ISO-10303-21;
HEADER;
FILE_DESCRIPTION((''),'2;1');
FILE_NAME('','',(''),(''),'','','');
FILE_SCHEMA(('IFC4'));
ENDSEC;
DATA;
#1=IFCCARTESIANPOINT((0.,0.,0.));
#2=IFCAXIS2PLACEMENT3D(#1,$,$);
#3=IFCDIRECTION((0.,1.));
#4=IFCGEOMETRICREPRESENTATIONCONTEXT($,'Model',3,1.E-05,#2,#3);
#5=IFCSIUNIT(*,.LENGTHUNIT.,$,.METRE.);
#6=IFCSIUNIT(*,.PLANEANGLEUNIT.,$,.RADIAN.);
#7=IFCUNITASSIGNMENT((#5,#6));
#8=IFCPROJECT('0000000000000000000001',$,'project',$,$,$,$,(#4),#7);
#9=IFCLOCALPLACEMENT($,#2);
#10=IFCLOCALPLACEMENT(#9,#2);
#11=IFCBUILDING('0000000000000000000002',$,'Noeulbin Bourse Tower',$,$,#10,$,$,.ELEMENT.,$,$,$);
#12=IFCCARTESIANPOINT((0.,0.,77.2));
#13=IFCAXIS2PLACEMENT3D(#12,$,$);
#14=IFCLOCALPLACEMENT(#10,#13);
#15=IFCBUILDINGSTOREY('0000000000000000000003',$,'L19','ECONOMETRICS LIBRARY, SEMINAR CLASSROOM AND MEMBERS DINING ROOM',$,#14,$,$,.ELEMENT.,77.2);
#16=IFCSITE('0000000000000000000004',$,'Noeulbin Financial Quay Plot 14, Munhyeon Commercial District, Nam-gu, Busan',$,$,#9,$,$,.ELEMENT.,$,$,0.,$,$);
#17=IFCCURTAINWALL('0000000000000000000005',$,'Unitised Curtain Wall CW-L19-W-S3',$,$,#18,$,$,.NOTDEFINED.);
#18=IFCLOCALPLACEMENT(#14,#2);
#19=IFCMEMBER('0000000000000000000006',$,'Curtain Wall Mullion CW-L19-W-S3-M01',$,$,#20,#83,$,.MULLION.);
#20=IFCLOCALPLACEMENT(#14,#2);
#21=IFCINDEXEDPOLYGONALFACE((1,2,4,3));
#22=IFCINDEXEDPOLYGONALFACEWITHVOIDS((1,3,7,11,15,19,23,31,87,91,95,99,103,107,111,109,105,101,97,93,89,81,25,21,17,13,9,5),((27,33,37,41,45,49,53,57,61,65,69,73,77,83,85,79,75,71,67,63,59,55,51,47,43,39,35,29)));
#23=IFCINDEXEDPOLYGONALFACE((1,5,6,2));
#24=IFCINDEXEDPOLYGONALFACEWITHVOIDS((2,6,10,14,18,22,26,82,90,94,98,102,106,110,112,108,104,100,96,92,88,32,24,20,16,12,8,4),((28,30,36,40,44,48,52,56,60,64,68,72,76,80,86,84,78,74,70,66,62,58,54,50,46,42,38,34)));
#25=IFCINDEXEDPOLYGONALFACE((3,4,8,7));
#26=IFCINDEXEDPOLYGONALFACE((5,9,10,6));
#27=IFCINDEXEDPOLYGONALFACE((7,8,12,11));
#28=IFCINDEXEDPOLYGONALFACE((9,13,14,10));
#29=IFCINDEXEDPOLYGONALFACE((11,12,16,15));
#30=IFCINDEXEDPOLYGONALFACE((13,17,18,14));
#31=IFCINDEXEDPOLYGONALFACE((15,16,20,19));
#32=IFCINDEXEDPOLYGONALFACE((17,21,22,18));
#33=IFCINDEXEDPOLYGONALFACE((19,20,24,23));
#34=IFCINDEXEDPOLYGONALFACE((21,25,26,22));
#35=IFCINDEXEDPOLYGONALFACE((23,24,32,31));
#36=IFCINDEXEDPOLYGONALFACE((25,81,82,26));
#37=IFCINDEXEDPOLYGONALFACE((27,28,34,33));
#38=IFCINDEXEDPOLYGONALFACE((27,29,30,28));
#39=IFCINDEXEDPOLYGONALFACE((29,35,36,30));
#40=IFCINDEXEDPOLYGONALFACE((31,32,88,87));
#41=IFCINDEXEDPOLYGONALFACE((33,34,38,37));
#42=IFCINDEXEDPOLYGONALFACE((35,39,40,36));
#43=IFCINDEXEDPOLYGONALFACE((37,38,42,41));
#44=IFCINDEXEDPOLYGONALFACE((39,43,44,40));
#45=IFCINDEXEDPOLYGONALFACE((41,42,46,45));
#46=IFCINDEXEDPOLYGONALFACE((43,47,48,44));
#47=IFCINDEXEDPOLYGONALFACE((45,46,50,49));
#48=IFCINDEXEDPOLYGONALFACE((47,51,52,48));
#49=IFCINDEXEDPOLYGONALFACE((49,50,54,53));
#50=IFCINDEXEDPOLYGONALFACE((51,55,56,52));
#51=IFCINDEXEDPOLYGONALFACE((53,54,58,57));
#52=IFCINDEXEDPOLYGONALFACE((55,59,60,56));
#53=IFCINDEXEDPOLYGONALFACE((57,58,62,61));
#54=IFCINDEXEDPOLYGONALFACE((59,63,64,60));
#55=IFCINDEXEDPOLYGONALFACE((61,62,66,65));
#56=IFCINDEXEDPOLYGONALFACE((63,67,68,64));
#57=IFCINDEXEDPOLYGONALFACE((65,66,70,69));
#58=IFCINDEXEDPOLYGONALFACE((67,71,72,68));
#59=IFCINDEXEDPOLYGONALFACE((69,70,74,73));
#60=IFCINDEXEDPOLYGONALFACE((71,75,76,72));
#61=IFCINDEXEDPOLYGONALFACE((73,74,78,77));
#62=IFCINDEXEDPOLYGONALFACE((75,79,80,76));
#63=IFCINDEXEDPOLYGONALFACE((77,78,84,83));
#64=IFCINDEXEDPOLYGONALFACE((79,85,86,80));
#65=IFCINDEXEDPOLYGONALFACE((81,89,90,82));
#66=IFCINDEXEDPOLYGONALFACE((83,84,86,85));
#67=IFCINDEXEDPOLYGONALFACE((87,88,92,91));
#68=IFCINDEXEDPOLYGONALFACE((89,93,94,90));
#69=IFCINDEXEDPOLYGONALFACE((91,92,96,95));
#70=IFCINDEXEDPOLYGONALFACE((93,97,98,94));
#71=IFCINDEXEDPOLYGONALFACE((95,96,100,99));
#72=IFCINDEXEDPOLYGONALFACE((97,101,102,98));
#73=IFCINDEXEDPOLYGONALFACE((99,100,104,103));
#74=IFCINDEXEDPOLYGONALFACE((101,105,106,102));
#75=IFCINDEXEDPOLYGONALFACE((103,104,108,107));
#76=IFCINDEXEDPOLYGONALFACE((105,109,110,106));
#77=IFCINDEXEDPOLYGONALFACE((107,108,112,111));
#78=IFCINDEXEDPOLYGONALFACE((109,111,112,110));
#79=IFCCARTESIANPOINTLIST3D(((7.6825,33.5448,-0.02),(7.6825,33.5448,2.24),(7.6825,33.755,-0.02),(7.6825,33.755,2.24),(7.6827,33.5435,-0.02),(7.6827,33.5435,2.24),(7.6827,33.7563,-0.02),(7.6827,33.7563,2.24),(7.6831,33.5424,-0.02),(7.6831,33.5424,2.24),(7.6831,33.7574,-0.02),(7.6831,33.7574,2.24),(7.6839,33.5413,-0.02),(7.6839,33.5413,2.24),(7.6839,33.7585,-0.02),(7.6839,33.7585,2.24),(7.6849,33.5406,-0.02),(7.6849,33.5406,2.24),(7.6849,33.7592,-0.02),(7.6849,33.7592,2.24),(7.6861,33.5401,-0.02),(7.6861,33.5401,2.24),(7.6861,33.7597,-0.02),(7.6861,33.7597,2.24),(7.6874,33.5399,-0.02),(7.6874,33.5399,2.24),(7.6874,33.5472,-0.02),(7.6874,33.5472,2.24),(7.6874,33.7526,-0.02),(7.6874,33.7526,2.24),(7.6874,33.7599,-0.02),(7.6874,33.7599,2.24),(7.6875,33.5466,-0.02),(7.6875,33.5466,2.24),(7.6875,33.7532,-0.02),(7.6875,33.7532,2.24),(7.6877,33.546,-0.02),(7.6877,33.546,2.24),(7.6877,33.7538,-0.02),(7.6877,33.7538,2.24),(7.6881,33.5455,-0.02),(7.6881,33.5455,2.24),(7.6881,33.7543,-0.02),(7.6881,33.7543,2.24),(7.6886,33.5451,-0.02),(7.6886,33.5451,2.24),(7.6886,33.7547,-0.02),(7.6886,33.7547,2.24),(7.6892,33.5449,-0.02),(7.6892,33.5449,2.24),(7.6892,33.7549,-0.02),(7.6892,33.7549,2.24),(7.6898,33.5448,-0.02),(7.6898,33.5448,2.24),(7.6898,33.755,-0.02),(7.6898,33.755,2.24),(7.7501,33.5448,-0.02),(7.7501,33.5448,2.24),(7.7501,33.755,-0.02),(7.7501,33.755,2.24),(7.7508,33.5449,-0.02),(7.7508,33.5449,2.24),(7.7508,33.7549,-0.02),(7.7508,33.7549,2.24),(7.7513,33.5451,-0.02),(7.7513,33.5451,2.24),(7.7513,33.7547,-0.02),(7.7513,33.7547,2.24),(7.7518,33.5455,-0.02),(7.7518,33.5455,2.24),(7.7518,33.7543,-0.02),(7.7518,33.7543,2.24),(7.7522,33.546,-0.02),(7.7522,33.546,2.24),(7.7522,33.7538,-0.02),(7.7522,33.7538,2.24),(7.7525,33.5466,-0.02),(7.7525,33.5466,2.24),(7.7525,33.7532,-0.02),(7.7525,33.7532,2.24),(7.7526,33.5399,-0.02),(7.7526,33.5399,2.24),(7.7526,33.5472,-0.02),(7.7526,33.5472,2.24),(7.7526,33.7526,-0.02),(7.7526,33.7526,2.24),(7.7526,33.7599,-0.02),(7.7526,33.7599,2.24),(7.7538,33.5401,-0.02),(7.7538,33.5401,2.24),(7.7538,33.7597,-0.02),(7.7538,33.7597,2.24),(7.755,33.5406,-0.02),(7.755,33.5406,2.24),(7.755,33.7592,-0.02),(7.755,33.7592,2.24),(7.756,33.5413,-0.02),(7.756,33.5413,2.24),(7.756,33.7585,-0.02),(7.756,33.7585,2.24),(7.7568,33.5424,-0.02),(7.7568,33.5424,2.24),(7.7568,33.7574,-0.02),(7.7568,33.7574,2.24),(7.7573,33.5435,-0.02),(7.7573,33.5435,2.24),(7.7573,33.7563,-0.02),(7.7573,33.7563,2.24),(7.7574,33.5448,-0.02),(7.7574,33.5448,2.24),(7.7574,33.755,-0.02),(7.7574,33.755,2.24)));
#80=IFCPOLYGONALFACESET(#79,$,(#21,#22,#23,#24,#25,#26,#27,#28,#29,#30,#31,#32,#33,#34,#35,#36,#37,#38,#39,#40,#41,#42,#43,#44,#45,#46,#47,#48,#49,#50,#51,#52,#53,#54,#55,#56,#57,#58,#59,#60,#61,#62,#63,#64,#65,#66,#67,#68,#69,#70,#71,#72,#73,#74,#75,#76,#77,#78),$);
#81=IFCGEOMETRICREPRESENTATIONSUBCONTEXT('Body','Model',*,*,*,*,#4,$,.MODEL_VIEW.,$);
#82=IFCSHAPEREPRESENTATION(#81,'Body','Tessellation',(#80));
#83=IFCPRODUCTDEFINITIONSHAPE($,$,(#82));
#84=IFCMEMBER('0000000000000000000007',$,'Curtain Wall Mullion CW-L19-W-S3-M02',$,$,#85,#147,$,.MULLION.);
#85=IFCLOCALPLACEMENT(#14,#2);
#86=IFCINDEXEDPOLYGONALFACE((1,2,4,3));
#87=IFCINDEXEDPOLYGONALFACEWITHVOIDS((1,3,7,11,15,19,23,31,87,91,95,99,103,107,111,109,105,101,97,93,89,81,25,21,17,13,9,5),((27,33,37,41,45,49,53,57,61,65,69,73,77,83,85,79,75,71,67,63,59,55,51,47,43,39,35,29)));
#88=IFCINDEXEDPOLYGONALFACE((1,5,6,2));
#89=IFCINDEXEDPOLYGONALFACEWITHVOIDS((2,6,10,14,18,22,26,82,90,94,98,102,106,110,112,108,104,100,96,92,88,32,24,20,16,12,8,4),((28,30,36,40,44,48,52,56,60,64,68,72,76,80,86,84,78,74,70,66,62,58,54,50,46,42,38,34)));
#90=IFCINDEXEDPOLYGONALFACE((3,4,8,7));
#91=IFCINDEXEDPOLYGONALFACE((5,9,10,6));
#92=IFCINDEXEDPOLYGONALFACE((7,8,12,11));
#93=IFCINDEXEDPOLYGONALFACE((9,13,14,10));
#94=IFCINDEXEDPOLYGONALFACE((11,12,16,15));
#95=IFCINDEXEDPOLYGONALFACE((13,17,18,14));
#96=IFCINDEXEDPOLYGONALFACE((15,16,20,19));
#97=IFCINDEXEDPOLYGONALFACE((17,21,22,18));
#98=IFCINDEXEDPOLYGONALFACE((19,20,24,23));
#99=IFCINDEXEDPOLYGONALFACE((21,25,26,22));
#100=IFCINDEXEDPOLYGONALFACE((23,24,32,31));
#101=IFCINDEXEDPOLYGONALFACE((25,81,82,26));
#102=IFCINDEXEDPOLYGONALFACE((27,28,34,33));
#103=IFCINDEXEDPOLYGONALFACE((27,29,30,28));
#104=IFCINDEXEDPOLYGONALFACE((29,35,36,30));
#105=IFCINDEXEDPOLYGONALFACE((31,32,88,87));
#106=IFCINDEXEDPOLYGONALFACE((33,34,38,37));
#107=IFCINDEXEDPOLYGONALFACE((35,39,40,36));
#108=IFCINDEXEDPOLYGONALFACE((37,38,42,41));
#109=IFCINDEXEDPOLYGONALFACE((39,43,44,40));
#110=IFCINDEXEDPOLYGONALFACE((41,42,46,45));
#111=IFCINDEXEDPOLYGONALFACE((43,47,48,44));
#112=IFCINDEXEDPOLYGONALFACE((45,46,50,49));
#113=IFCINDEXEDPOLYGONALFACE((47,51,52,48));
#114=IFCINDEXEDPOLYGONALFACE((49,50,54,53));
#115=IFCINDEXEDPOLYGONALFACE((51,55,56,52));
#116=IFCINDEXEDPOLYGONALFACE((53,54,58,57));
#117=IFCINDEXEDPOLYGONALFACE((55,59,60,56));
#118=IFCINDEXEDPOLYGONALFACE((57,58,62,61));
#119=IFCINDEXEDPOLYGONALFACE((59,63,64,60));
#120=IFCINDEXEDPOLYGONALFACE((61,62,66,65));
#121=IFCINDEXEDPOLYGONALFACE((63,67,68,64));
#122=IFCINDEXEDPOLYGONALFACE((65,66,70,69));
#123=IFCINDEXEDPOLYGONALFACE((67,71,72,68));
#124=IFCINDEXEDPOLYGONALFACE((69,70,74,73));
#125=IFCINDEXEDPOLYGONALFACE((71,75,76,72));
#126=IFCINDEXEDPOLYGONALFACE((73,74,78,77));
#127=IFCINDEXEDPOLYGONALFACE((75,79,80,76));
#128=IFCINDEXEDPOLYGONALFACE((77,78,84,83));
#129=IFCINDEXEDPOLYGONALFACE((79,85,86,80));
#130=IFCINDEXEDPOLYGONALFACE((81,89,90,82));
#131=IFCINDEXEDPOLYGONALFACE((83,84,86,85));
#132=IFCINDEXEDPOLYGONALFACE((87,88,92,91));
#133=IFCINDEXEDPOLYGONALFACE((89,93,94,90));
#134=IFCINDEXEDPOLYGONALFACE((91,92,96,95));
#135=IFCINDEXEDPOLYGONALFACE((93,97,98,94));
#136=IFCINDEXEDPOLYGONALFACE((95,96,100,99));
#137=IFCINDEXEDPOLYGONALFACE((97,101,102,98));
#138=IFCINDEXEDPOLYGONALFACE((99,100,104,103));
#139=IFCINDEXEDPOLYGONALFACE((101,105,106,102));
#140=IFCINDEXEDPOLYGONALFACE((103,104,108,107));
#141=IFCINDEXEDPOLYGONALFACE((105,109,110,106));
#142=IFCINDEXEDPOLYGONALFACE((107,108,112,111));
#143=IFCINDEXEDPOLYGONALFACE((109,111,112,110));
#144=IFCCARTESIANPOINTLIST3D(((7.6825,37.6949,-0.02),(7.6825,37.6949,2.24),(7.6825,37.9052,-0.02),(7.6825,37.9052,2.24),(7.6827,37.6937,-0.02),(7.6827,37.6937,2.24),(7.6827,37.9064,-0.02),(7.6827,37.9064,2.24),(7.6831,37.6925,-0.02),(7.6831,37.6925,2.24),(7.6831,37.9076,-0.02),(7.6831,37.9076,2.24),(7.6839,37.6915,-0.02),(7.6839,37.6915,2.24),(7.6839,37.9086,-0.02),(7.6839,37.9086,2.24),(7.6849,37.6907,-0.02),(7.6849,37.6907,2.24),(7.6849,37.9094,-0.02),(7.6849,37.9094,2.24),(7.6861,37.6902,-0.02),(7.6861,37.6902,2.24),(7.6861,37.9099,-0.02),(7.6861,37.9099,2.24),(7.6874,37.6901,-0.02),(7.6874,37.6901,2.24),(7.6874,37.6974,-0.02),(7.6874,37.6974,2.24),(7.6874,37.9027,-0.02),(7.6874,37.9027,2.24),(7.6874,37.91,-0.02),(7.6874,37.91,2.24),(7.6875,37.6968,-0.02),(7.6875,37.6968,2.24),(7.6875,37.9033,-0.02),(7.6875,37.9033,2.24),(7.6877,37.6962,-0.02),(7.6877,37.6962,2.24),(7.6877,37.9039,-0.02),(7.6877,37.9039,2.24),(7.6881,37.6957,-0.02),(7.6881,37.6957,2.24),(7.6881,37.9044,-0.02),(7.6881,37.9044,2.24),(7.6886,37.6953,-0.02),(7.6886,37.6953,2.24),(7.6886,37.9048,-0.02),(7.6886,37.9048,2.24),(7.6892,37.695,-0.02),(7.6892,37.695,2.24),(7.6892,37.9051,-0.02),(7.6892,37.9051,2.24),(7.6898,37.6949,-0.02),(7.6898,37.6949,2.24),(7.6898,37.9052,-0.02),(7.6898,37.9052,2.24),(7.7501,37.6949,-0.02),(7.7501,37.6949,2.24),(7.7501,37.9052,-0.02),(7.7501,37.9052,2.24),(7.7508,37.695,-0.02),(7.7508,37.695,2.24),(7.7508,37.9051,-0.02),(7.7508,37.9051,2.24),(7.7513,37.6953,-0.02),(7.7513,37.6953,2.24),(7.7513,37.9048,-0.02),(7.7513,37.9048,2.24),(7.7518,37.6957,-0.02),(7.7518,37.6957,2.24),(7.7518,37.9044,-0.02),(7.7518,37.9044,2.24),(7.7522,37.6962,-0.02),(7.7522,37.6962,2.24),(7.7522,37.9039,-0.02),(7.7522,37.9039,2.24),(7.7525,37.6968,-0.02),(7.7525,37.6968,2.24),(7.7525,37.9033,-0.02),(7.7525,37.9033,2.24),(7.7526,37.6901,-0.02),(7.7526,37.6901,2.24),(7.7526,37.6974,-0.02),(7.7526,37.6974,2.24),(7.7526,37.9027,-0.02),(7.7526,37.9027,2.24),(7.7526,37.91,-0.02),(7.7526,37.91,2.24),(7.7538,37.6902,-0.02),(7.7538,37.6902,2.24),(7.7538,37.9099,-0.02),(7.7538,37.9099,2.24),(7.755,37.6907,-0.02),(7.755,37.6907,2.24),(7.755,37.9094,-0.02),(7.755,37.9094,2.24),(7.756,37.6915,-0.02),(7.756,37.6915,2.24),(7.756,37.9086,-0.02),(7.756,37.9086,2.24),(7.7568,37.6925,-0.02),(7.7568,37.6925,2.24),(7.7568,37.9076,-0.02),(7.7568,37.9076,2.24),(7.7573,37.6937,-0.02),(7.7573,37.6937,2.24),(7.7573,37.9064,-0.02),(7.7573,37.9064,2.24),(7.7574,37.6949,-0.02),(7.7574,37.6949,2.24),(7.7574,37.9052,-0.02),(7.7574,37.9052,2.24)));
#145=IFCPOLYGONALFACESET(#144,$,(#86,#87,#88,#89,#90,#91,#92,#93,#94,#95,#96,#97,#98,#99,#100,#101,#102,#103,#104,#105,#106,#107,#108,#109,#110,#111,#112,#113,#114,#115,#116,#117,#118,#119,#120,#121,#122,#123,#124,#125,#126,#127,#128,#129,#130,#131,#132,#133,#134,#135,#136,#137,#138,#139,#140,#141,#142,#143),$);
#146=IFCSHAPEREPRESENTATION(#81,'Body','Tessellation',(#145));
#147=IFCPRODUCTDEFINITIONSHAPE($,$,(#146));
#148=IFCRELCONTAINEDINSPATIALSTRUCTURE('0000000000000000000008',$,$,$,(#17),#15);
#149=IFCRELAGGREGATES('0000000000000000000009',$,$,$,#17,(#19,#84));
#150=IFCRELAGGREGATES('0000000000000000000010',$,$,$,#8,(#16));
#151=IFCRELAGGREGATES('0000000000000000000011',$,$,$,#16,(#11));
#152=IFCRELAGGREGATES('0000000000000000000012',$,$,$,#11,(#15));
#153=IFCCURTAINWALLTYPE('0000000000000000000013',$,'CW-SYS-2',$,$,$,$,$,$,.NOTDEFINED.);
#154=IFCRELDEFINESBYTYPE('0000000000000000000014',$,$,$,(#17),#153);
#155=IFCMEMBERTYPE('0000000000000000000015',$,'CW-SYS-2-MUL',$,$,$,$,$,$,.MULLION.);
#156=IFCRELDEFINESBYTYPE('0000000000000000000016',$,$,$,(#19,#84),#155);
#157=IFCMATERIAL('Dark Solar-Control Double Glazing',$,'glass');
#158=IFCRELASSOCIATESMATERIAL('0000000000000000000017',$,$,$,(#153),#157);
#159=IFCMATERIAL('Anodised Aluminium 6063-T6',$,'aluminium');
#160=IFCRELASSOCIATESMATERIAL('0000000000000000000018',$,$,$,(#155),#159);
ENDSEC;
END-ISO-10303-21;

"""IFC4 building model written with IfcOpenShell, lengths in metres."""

from ifc_helpers import new_model, si_unit, direction, frame, origin, origin_2d, place, context, subcontext, project, spatial, hollow_rectangle, extrude, material, material_profile, profile_set, type_object, element, aggregate, save


model = new_model("IFC4")

# Units and contexts
model_context = context("Model", 3, precision=1e-05, world=origin(), true_north=direction((0.0, 1.0)))
body_context = subcontext(model_context, "Body", "Model", "MODEL_VIEW")
ifc_project = project(units=[si_unit("LENGTHUNIT", "METRE"), si_unit("PLANEANGLEUNIT", "RADIAN")], contexts=[model_context])

# Site, building, storey
site_placement = place(None, origin())
site = spatial("IfcSite", under=ifc_project, at=site_placement, Name="Noeulbin Financial Quay Plot 14, Munhyeon Commercial District, Nam-gu, Busan", CompositionType="ELEMENT", RefElevation=0.0)
building_placement = place(site_placement, origin())
building = spatial("IfcBuilding", under=site, at=building_placement, Name="Noeulbin Bourse Tower", CompositionType="ELEMENT")
storey_placement = place(building_placement, frame((0.0, 0.0, 77.2)))
storey = spatial("IfcBuildingStorey", under=building, at=storey_placement, Name="L19", Description="ECONOMETRICS LIBRARY, SEMINAR CLASSROOM AND MEMBERS DINING ROOM", CompositionType="ELEMENT", Elevation=77.2)

# Curtain wall, members
ifc_material_1 = material(Name="Dark Solar-Control Double Glazing", Category="glass")
curtain_wall_type = type_object("IfcCurtainWallType", Name="CW-SYS-2", PredefinedType="NOTDEFINED", material=ifc_material_1)
curtain_wall_placement = place(storey_placement, origin())
curtain_wall = element("IfcCurtainWall", 1, at=curtain_wall_placement, inside=storey, type_object=curtain_wall_type, Name="Unitised Curtain Wall CW-L19-W-S3", PredefinedType="NOTDEFINED")
ifc_material_2 = material(Name="Anodised Aluminium 6063-T6", Category="aluminium")
ifc_material_profile_1 = material_profile(ifc_material_2, hollow_rectangle(XDim=0.075, YDim=0.22, WallThickness=0.0049, InnerFilletRadius=0.0024, OuterFilletRadius=0.0049, at=origin_2d()), Name="ALU-MULL-75x220x5", Category="LoadBearing")
ifc_profile_set_1 = profile_set([ifc_material_profile_1], Name="Anodised Aluminium 6063-T6")
member_type_1 = type_object("IfcMemberType", Name="CW-SYS-2-MUL", PredefinedType="MULLION", material=ifc_profile_set_1)
member_1_placement = place(storey_placement, frame((7.72, 33.6499, -0.02), z_axis=(0.0, 0.0, 1.0), x_axis=(1.0, 0.0, 0.0)))
member_1 = element("IfcMember", 2, at=member_1_placement, type_object=member_type_1, Name="Curtain Wall Mullion CW-L19-W-S3-M01", PredefinedType="MULLION", context=body_context, shape_type="SweptSolid", body=[
    extrude(hollow_rectangle(XDim=0.075, YDim=0.22, WallThickness=0.0049, InnerFilletRadius=0.0024, OuterFilletRadius=0.0049, at=origin_2d()), origin(), (0.0, 0.0, 1.0), 2.26),
])
member_2_placement = place(storey_placement, frame((7.72, 37.8, -0.02), z_axis=(0.0, 0.0, 1.0), x_axis=(1.0, 0.0, 0.0)))
member_2 = element("IfcMember", 3, at=member_2_placement, type_object=member_type_1, Name="Curtain Wall Mullion CW-L19-W-S3-M02", PredefinedType="MULLION", context=body_context, shape_type="SweptSolid", body=[
    extrude(hollow_rectangle(XDim=0.075, YDim=0.22, WallThickness=0.0049, InnerFilletRadius=0.0024, OuterFilletRadius=0.0049, at=origin_2d()), origin(), (0.0, 0.0, 1.0), 2.26),
])
aggregate(curtain_wall, [member_1, member_2])

save(model, "model.ifc")
